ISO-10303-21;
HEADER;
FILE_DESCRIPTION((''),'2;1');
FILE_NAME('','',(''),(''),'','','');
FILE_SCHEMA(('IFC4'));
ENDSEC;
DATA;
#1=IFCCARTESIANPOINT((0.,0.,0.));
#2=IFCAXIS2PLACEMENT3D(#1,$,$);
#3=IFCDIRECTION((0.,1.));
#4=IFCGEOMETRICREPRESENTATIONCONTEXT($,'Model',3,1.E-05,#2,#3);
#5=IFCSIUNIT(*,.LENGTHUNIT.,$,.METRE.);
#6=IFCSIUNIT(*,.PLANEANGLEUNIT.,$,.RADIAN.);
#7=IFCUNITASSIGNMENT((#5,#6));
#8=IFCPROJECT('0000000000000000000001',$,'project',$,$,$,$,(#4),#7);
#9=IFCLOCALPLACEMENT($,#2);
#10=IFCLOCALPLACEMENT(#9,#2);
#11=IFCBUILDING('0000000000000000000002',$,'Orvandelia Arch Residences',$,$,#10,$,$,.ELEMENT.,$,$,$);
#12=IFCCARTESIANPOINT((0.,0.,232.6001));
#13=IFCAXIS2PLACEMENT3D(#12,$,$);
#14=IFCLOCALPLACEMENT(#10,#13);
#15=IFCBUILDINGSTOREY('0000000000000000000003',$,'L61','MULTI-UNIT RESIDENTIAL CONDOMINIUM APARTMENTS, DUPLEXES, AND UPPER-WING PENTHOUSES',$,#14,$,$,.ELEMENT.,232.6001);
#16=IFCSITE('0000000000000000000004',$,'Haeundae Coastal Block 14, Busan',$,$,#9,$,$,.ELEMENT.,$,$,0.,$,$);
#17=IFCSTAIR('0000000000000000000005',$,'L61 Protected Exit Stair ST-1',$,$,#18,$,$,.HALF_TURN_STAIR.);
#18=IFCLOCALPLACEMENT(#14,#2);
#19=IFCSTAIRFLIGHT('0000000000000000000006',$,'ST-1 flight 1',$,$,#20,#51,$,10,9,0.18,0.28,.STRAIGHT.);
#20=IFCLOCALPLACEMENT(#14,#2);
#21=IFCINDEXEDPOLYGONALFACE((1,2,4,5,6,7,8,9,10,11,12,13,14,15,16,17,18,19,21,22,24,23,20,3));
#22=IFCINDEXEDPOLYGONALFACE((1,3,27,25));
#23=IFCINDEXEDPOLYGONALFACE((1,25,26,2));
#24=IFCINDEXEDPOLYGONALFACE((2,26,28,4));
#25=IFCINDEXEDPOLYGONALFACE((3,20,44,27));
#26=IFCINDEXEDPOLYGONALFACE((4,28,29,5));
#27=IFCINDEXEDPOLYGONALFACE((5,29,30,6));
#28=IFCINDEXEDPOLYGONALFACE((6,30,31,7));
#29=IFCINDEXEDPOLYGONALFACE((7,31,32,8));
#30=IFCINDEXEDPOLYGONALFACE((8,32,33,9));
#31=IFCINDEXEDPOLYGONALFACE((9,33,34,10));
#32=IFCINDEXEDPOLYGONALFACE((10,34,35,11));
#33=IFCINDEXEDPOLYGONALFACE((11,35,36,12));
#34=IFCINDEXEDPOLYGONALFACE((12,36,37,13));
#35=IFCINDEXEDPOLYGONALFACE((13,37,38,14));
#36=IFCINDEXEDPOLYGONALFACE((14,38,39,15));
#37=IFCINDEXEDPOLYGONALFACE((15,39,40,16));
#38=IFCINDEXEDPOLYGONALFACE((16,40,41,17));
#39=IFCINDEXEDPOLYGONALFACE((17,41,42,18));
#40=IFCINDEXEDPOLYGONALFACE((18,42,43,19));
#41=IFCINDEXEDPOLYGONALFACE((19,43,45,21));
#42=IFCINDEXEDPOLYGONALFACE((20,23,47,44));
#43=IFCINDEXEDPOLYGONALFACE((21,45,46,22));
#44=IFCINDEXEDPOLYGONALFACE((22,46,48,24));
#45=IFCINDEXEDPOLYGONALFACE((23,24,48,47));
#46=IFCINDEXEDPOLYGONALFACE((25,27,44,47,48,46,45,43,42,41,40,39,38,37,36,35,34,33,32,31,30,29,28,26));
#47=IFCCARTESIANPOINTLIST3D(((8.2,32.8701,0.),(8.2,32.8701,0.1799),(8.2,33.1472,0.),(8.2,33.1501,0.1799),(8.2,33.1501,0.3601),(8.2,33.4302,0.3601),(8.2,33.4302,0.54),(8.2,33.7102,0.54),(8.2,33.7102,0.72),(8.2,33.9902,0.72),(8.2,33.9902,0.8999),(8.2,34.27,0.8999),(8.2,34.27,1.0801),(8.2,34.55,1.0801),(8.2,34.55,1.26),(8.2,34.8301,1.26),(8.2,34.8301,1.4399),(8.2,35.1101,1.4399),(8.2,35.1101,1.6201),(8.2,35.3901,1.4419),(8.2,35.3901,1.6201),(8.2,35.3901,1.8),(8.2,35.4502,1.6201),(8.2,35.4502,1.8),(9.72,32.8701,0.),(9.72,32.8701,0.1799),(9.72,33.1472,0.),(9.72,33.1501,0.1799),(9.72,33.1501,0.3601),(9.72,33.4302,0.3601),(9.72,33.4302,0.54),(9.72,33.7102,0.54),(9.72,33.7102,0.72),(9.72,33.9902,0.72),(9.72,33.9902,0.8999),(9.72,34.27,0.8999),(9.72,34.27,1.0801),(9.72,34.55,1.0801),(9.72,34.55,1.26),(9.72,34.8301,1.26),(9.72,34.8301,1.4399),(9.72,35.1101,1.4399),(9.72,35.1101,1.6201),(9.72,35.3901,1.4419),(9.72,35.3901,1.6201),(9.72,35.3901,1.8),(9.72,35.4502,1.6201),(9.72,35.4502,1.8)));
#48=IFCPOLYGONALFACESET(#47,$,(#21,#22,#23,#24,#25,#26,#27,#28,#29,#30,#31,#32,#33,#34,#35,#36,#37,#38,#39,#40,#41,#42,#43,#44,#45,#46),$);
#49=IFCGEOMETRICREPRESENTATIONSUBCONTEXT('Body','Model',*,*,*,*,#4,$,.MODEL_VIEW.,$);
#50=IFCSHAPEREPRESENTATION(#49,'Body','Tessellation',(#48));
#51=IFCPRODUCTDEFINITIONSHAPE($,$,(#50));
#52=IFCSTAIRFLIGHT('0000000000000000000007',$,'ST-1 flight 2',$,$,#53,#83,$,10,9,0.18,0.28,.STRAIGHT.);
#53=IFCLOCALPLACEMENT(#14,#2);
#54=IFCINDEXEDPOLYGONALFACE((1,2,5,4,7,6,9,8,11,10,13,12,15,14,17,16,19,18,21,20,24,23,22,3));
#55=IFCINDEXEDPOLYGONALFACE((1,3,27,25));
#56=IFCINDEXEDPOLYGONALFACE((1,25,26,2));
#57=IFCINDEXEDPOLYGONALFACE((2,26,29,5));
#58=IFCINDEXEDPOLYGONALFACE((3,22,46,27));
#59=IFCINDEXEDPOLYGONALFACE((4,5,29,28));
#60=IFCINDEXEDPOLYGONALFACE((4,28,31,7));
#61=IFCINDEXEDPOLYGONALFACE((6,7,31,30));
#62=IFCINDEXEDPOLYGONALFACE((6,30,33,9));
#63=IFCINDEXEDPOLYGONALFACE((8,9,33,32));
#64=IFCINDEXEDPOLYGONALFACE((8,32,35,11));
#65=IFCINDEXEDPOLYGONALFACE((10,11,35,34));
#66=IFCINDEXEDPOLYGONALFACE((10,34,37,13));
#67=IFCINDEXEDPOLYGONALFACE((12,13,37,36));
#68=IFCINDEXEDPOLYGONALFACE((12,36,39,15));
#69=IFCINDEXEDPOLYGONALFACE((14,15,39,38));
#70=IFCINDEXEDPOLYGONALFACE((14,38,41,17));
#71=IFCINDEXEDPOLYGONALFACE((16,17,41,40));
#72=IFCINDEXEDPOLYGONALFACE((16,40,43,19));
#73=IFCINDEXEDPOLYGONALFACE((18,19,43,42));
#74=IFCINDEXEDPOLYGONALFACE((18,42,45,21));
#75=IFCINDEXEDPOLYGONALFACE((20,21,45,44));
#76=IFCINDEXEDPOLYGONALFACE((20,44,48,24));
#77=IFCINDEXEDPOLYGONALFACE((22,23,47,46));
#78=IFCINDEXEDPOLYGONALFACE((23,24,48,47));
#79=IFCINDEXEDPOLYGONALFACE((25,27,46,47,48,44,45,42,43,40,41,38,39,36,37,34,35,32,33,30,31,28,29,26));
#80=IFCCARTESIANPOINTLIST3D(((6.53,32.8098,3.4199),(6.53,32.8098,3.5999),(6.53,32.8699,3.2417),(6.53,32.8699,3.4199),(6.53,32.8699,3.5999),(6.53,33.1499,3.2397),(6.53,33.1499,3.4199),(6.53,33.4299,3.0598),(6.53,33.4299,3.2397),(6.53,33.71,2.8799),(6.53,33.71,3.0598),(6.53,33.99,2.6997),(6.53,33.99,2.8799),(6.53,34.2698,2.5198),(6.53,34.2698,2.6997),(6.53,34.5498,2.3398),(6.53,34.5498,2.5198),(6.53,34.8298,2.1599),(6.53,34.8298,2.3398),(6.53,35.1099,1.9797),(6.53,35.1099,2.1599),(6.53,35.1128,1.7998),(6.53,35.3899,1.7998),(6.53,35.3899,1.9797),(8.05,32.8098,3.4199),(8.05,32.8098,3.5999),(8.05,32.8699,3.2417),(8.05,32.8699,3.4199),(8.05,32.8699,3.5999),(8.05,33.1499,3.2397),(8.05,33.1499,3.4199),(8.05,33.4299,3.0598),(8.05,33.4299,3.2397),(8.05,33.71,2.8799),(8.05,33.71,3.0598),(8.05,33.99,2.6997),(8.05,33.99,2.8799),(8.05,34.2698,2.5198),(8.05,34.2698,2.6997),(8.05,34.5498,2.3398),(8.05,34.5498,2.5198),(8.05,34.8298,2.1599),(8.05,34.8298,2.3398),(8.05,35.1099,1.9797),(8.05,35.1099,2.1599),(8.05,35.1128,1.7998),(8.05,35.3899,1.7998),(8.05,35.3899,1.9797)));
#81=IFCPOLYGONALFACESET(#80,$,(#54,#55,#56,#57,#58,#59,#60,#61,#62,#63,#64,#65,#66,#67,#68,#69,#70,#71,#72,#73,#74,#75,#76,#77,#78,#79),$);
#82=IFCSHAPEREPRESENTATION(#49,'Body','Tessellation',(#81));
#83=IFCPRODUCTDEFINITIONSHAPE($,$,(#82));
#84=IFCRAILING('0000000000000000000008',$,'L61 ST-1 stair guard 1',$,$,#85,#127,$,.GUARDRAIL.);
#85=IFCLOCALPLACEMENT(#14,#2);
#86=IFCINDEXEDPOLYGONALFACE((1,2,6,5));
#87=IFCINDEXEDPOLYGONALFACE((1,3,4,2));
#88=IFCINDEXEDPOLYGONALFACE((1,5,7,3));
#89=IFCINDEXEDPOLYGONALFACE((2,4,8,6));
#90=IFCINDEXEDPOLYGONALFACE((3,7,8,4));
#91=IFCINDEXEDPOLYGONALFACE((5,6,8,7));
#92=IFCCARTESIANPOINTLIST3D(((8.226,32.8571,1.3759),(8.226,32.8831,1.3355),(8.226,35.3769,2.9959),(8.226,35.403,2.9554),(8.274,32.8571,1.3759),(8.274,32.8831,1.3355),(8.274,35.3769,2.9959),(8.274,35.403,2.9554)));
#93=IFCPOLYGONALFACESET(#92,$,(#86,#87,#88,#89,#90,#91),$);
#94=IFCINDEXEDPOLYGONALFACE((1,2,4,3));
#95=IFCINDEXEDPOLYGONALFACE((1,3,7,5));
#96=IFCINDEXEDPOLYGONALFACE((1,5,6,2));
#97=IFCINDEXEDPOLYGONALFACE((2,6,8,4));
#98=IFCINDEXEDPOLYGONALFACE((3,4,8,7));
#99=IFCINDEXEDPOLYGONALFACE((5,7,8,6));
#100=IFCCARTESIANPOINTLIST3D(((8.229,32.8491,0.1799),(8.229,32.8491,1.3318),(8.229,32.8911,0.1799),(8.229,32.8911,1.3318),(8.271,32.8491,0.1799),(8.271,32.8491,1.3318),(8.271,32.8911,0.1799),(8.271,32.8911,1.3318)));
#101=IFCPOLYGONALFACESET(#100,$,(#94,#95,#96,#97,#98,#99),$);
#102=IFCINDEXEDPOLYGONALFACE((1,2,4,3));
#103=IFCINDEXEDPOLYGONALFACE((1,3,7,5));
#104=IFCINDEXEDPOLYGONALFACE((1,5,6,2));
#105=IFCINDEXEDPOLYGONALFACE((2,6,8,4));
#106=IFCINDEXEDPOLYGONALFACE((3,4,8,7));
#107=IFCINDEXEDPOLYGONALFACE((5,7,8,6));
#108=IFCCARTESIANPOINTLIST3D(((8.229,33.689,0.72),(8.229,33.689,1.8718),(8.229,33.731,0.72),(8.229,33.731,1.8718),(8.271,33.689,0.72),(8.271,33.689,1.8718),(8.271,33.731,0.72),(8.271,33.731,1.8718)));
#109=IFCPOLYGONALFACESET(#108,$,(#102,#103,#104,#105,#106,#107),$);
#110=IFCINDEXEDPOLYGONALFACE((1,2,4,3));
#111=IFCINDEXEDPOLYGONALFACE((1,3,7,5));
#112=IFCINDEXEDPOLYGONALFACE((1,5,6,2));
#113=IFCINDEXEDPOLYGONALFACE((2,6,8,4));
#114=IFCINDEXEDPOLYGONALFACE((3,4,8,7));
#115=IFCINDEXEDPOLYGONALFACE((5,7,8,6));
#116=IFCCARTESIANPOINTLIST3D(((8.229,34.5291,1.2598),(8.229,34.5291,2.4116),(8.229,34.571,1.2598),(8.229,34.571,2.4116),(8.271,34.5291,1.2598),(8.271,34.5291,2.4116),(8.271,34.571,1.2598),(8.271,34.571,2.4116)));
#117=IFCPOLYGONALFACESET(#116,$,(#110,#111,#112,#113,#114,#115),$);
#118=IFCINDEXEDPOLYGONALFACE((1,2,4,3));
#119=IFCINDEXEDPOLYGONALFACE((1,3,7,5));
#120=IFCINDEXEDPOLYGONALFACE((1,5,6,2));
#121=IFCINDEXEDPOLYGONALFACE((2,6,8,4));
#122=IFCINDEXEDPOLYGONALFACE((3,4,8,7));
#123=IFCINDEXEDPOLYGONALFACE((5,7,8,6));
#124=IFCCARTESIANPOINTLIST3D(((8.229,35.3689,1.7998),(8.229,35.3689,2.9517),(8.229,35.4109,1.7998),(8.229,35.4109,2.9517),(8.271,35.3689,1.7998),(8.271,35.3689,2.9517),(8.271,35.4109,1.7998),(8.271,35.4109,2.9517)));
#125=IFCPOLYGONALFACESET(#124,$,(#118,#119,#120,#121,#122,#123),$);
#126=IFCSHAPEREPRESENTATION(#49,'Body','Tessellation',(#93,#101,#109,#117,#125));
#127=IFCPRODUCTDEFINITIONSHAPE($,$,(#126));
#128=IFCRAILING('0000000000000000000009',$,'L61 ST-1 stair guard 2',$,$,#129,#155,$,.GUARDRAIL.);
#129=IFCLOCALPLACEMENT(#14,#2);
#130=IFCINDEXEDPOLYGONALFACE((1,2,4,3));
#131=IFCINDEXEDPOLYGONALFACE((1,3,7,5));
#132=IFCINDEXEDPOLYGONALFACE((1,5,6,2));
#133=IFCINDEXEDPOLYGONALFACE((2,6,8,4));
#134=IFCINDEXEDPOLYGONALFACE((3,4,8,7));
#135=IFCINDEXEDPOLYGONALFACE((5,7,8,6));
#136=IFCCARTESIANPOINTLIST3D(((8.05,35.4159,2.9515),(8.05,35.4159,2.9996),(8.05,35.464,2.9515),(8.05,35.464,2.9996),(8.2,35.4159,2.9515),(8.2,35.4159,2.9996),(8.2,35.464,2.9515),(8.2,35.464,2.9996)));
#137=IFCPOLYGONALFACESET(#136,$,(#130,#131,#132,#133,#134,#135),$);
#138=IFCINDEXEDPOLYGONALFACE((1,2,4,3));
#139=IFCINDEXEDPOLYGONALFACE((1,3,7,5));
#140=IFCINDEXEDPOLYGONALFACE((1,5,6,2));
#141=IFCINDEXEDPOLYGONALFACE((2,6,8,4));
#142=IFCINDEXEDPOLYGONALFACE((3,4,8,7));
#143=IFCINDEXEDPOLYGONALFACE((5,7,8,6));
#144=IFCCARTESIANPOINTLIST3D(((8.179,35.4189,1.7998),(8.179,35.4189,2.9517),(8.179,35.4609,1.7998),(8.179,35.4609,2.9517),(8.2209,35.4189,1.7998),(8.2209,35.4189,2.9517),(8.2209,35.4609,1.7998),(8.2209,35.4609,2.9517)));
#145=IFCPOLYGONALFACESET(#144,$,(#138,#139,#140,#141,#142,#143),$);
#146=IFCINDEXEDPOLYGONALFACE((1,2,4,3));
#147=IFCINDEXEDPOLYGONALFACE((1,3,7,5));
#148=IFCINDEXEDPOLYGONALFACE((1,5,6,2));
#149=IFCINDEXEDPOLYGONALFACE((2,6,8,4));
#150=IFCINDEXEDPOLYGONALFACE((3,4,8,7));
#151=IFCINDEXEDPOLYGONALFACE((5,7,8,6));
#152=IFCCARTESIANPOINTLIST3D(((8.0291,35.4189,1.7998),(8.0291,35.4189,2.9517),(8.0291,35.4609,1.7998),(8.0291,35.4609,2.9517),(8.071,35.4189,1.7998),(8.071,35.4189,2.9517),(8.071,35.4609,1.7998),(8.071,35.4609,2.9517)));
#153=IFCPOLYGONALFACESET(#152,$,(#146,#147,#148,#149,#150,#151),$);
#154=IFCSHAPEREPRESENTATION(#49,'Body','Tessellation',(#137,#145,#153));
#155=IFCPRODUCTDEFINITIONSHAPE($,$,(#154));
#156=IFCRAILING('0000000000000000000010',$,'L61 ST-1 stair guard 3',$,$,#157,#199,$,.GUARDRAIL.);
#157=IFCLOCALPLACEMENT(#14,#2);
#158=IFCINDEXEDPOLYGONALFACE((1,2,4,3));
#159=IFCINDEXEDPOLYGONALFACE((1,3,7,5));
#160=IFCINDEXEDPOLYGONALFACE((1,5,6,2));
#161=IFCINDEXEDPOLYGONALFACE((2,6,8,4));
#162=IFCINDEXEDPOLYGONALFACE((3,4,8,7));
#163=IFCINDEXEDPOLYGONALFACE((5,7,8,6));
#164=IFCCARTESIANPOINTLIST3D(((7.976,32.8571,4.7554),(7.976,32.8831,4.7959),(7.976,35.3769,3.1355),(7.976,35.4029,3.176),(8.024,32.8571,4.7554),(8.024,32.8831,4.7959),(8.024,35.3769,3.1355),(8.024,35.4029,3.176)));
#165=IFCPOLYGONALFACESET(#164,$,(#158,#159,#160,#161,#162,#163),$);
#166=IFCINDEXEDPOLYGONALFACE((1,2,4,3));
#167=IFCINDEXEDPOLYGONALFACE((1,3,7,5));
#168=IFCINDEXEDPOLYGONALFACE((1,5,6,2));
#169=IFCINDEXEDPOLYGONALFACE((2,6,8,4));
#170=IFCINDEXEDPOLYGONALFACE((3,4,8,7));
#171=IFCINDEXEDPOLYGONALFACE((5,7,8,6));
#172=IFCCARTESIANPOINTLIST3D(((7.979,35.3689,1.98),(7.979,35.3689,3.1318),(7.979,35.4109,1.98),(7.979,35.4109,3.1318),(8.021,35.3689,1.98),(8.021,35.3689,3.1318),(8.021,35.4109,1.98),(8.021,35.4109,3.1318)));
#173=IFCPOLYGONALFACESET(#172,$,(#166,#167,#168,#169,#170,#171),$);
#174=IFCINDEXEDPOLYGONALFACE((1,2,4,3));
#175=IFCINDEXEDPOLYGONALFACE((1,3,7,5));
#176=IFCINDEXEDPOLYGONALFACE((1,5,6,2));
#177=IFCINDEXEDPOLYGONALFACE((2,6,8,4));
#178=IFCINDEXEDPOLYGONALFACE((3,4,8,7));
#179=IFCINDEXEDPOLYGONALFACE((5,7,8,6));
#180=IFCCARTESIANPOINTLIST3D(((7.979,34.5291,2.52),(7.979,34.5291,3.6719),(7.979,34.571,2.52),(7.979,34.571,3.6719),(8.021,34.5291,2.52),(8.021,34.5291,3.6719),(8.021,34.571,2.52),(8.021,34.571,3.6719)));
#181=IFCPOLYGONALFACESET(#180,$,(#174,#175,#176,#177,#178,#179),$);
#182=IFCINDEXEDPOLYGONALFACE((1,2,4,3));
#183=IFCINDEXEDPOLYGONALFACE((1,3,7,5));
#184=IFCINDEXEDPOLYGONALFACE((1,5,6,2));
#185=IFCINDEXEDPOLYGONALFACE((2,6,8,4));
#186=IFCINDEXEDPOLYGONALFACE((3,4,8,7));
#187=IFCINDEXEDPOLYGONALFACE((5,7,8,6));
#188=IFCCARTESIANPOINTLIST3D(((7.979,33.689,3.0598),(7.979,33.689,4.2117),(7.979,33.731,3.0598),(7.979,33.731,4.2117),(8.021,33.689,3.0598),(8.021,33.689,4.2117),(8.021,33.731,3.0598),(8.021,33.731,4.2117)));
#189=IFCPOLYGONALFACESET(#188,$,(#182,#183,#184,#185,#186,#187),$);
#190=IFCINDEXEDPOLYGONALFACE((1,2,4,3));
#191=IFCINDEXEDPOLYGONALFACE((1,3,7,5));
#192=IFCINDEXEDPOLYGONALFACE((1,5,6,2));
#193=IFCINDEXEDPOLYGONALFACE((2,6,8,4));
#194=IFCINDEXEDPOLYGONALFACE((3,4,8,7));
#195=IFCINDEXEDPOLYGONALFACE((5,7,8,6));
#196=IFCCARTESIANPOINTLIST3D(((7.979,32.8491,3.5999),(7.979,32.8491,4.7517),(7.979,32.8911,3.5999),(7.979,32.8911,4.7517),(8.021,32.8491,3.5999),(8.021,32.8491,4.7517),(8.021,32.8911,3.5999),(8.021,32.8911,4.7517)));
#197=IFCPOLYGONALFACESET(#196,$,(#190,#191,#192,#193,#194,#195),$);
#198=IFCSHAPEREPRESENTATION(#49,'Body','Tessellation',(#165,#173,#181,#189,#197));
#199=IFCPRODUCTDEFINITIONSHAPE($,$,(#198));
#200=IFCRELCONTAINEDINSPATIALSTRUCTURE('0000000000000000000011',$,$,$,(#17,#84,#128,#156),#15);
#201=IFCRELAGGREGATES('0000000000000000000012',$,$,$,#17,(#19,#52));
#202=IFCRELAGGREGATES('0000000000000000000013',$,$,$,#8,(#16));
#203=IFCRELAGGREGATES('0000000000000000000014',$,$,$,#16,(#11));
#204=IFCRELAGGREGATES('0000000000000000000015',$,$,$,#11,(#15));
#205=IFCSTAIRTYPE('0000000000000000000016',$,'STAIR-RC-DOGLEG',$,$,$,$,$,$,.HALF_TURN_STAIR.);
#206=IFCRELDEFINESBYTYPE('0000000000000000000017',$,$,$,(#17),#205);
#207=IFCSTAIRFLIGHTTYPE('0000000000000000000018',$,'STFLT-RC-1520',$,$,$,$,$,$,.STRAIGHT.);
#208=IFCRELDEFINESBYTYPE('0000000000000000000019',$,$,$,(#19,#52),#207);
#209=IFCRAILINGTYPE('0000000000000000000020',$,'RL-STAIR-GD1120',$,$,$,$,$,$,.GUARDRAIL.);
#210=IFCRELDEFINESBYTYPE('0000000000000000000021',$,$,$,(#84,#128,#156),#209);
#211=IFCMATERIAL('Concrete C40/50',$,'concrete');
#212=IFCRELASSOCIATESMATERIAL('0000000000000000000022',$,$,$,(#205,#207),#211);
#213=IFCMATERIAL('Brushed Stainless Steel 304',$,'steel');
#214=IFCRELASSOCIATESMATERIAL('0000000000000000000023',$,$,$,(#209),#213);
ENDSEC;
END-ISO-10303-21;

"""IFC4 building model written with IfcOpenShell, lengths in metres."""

from ifc_helpers import new_model, si_unit, direction, frame, origin, origin_2d, place, context, subcontext, project, spatial, polyline, rectangle, outline, extrude, material, type_object, element, aggregate, save


model = new_model("IFC4")

# Units and contexts
model_context = context("Model", 3, precision=1e-05, world=origin(), true_north=direction((0.0, 1.0)))
body_context = subcontext(model_context, "Body", "Model", "MODEL_VIEW")
ifc_project = project(units=[si_unit("LENGTHUNIT", "METRE"), si_unit("PLANEANGLEUNIT", "RADIAN")], contexts=[model_context])

# Site, building, storey
site_placement = place(None, origin())
site = spatial("IfcSite", under=ifc_project, at=site_placement, Name="Haeundae Coastal Block 14, Busan", CompositionType="ELEMENT", RefElevation=0.0)
building_placement = place(site_placement, origin())
building = spatial("IfcBuilding", under=site, at=building_placement, Name="Orvandelia Arch Residences", CompositionType="ELEMENT")
storey_placement = place(building_placement, frame((0.0, 0.0, 232.6001)))
storey = spatial("IfcBuildingStorey", under=building, at=storey_placement, Name="L61", Description="MULTI-UNIT RESIDENTIAL CONDOMINIUM APARTMENTS, DUPLEXES, AND UPPER-WING PENTHOUSES", CompositionType="ELEMENT", Elevation=232.6001)

# Stair, stair flights
ifc_material_1 = material(Name="Concrete C40/50", Category="concrete")
stair_type = type_object("IfcStairType", Name="STAIR-RC-DOGLEG", PredefinedType="HALF_TURN_STAIR", material=ifc_material_1)
stair_placement = place(storey_placement, origin())
stair = element("IfcStair", 1, at=stair_placement, inside=storey, type_object=stair_type, Name="L61 Protected Exit Stair ST-1", PredefinedType="HALF_TURN_STAIR")
stair_flight_type = type_object("IfcStairFlightType", Name="STFLT-RC-1520", PredefinedType="STRAIGHT", material=ifc_material_1)
stair_flight_1_placement = place(storey_placement, frame((8.96, 32.8701, 0.0), z_axis=(0.0, 0.0, 1.0), x_axis=(0.0, 1.0, 0.0)))
stair_flight_1 = element("IfcStairFlight", 2, at=stair_flight_1_placement, type_object=stair_flight_type, Name="ST-1 flight 1", NumberOfRisers=10, NumberOfTreads=9, PredefinedType="STRAIGHT", RiserHeight=0.18, TreadLength=0.28, context=body_context, shape_type="SweptSolid", body=[
    extrude(outline(polyline([(0.0, 0.0), (0.0, 0.1799), (0.28, 0.1799), (0.28, 0.3601), (0.5601, 0.3601), (0.5601, 0.54), (0.8401, 0.54), (0.8401, 0.72), (1.1201, 0.72), (1.1201, 0.8999), (1.3999, 0.8999), (1.3999, 1.0801), (1.6799, 1.0801), (1.6799, 1.26), (1.96, 1.26), (1.96, 1.4399), (2.24, 1.4399), (2.24, 1.6201), (2.52, 1.6201), (2.52, 1.8), (2.5801, 1.8), (2.5801, 1.6201), (2.52, 1.4419), (0.2771, 0.0), (0.0, 0.0)])), frame((0.0, 0.76, 0.0), z_axis=(0.0, -1.0, 0.0), x_axis=(1.0, 0.0, 0.0)), (0.0, 0.0, 1.0), 1.52),
])
stair_flight_2_placement = place(storey_placement, frame((7.29, 35.3899, 1.7998), z_axis=(0.0, 0.0, 1.0), x_axis=(0.0, -1.0, 0.0)))
stair_flight_2 = element("IfcStairFlight", 3, at=stair_flight_2_placement, type_object=stair_flight_type, Name="ST-1 flight 2", NumberOfRisers=10, NumberOfTreads=9, PredefinedType="STRAIGHT", RiserHeight=0.18, TreadLength=0.28, context=body_context, shape_type="SweptSolid", body=[
    extrude(outline(polyline([(0.0, 0.0), (0.0, 0.1799), (0.28, 0.1799), (0.28, 0.3601), (0.5601, 0.3601), (0.5601, 0.54), (0.8401, 0.54), (0.8401, 0.72), (1.1201, 0.72), (1.1201, 0.8999), (1.3999, 0.8999), (1.3999, 1.0801), (1.6799, 1.0801), (1.6799, 1.26), (1.96, 1.26), (1.96, 1.4399), (2.24, 1.4399), (2.24, 1.6201), (2.52, 1.6201), (2.52, 1.8), (2.5801, 1.8), (2.5801, 1.6201), (2.52, 1.4419), (0.2771, 0.0), (0.0, 0.0)])), frame((0.0, 0.76, 0.0), z_axis=(0.0, -1.0, 0.0), x_axis=(1.0, 0.0, 0.0)), (0.0, 0.0, 1.0), 1.52),
])
aggregate(stair, [stair_flight_1, stair_flight_2])

# Railings
ifc_material_2 = material(Name="Brushed Stainless Steel 304", Category="steel")
railing_type_1 = type_object("IfcRailingType", Name="RL-STAIR-GD1120", PredefinedType="GUARDRAIL", material=ifc_material_2)
railing_1_placement = place(storey_placement, frame((8.25, 32.8701, 0.1799)))
element("IfcRailing", 4, at=railing_1_placement, inside=storey, type_object=railing_type_1, Name="L61 ST-1 stair guard 1", PredefinedType="GUARDRAIL", context=body_context, shape_type="SweptSolid", body=[
    extrude(rectangle(XDim=0.0481, YDim=0.0481, at=origin_2d()), frame((0.0, 0.0, 1.1758), z_axis=(0.0, 0.841176, 0.540762), x_axis=(-1.0, 0.0, 0.0)), (0.0, 0.0, 1.0), 2.9956),
    extrude(rectangle(XDim=0.042, YDim=0.042, at=origin_2d()), origin(), (0.0, 0.0, 1.0), 1.1519),
    extrude(rectangle(XDim=0.042, YDim=0.042, at=origin_2d()), frame((0.0, 0.8398, 0.54)), (0.0, 0.0, 1.0), 1.1519),
    extrude(rectangle(XDim=0.042, YDim=0.042, at=origin_2d()), frame((0.0, 1.6799, 1.0798)), (0.0, 0.0, 1.0), 1.1519),
    extrude(rectangle(XDim=0.042, YDim=0.042, at=origin_2d()), frame((0.0, 2.5198, 1.6199)), (0.0, 0.0, 1.0), 1.1519),
])
railing_2_placement = place(storey_placement, frame((8.2, 35.4399, 1.7998)))
element("IfcRailing", 5, at=railing_2_placement, inside=storey, type_object=railing_type_1, Name="L61 ST-1 stair guard 2", PredefinedType="GUARDRAIL", context=body_context, shape_type="SweptSolid", body=[
    extrude(rectangle(XDim=0.0481, YDim=0.0481, at=origin_2d()), frame((0.0, 0.0, 1.1758), z_axis=(-1.0, 0.0, 0.0), x_axis=(0.0, -1.0, 0.0)), (0.0, 0.0, 1.0), 0.1499),
    extrude(rectangle(XDim=0.042, YDim=0.042, at=origin_2d()), origin(), (0.0, 0.0, 1.0), 1.1519),
    extrude(rectangle(XDim=0.042, YDim=0.042, at=origin_2d()), frame((-0.1499, 0.0, 0.0)), (0.0, 0.0, 1.0), 1.1519),
])
railing_3_placement = place(storey_placement, frame((8.0, 35.3899, 1.98)))
element("IfcRailing", 6, at=railing_3_placement, inside=storey, type_object=railing_type_1, Name="L61 ST-1 stair guard 3", PredefinedType="GUARDRAIL", context=body_context, shape_type="SweptSolid", body=[
    extrude(rectangle(XDim=0.0481, YDim=0.0481, at=origin_2d()), frame((0.0, 0.0, 1.1758), z_axis=(0.0, -0.841176, 0.540762), x_axis=(1.0, 0.0, 0.0)), (0.0, 0.0, 1.0), 2.9956),
    extrude(rectangle(XDim=0.042, YDim=0.042, at=origin_2d()), origin(), (0.0, 0.0, 1.0), 1.1519),
    extrude(rectangle(XDim=0.042, YDim=0.042, at=origin_2d()), frame((0.0, -0.8398, 0.54)), (0.0, 0.0, 1.0), 1.1519),
    extrude(rectangle(XDim=0.042, YDim=0.042, at=origin_2d()), frame((0.0, -1.6799, 1.0798)), (0.0, 0.0, 1.0), 1.1519),
    extrude(rectangle(XDim=0.042, YDim=0.042, at=origin_2d()), frame((0.0, -2.5198, 1.6199)), (0.0, 0.0, 1.0), 1.1519),
])

save(model, "model.ifc")
